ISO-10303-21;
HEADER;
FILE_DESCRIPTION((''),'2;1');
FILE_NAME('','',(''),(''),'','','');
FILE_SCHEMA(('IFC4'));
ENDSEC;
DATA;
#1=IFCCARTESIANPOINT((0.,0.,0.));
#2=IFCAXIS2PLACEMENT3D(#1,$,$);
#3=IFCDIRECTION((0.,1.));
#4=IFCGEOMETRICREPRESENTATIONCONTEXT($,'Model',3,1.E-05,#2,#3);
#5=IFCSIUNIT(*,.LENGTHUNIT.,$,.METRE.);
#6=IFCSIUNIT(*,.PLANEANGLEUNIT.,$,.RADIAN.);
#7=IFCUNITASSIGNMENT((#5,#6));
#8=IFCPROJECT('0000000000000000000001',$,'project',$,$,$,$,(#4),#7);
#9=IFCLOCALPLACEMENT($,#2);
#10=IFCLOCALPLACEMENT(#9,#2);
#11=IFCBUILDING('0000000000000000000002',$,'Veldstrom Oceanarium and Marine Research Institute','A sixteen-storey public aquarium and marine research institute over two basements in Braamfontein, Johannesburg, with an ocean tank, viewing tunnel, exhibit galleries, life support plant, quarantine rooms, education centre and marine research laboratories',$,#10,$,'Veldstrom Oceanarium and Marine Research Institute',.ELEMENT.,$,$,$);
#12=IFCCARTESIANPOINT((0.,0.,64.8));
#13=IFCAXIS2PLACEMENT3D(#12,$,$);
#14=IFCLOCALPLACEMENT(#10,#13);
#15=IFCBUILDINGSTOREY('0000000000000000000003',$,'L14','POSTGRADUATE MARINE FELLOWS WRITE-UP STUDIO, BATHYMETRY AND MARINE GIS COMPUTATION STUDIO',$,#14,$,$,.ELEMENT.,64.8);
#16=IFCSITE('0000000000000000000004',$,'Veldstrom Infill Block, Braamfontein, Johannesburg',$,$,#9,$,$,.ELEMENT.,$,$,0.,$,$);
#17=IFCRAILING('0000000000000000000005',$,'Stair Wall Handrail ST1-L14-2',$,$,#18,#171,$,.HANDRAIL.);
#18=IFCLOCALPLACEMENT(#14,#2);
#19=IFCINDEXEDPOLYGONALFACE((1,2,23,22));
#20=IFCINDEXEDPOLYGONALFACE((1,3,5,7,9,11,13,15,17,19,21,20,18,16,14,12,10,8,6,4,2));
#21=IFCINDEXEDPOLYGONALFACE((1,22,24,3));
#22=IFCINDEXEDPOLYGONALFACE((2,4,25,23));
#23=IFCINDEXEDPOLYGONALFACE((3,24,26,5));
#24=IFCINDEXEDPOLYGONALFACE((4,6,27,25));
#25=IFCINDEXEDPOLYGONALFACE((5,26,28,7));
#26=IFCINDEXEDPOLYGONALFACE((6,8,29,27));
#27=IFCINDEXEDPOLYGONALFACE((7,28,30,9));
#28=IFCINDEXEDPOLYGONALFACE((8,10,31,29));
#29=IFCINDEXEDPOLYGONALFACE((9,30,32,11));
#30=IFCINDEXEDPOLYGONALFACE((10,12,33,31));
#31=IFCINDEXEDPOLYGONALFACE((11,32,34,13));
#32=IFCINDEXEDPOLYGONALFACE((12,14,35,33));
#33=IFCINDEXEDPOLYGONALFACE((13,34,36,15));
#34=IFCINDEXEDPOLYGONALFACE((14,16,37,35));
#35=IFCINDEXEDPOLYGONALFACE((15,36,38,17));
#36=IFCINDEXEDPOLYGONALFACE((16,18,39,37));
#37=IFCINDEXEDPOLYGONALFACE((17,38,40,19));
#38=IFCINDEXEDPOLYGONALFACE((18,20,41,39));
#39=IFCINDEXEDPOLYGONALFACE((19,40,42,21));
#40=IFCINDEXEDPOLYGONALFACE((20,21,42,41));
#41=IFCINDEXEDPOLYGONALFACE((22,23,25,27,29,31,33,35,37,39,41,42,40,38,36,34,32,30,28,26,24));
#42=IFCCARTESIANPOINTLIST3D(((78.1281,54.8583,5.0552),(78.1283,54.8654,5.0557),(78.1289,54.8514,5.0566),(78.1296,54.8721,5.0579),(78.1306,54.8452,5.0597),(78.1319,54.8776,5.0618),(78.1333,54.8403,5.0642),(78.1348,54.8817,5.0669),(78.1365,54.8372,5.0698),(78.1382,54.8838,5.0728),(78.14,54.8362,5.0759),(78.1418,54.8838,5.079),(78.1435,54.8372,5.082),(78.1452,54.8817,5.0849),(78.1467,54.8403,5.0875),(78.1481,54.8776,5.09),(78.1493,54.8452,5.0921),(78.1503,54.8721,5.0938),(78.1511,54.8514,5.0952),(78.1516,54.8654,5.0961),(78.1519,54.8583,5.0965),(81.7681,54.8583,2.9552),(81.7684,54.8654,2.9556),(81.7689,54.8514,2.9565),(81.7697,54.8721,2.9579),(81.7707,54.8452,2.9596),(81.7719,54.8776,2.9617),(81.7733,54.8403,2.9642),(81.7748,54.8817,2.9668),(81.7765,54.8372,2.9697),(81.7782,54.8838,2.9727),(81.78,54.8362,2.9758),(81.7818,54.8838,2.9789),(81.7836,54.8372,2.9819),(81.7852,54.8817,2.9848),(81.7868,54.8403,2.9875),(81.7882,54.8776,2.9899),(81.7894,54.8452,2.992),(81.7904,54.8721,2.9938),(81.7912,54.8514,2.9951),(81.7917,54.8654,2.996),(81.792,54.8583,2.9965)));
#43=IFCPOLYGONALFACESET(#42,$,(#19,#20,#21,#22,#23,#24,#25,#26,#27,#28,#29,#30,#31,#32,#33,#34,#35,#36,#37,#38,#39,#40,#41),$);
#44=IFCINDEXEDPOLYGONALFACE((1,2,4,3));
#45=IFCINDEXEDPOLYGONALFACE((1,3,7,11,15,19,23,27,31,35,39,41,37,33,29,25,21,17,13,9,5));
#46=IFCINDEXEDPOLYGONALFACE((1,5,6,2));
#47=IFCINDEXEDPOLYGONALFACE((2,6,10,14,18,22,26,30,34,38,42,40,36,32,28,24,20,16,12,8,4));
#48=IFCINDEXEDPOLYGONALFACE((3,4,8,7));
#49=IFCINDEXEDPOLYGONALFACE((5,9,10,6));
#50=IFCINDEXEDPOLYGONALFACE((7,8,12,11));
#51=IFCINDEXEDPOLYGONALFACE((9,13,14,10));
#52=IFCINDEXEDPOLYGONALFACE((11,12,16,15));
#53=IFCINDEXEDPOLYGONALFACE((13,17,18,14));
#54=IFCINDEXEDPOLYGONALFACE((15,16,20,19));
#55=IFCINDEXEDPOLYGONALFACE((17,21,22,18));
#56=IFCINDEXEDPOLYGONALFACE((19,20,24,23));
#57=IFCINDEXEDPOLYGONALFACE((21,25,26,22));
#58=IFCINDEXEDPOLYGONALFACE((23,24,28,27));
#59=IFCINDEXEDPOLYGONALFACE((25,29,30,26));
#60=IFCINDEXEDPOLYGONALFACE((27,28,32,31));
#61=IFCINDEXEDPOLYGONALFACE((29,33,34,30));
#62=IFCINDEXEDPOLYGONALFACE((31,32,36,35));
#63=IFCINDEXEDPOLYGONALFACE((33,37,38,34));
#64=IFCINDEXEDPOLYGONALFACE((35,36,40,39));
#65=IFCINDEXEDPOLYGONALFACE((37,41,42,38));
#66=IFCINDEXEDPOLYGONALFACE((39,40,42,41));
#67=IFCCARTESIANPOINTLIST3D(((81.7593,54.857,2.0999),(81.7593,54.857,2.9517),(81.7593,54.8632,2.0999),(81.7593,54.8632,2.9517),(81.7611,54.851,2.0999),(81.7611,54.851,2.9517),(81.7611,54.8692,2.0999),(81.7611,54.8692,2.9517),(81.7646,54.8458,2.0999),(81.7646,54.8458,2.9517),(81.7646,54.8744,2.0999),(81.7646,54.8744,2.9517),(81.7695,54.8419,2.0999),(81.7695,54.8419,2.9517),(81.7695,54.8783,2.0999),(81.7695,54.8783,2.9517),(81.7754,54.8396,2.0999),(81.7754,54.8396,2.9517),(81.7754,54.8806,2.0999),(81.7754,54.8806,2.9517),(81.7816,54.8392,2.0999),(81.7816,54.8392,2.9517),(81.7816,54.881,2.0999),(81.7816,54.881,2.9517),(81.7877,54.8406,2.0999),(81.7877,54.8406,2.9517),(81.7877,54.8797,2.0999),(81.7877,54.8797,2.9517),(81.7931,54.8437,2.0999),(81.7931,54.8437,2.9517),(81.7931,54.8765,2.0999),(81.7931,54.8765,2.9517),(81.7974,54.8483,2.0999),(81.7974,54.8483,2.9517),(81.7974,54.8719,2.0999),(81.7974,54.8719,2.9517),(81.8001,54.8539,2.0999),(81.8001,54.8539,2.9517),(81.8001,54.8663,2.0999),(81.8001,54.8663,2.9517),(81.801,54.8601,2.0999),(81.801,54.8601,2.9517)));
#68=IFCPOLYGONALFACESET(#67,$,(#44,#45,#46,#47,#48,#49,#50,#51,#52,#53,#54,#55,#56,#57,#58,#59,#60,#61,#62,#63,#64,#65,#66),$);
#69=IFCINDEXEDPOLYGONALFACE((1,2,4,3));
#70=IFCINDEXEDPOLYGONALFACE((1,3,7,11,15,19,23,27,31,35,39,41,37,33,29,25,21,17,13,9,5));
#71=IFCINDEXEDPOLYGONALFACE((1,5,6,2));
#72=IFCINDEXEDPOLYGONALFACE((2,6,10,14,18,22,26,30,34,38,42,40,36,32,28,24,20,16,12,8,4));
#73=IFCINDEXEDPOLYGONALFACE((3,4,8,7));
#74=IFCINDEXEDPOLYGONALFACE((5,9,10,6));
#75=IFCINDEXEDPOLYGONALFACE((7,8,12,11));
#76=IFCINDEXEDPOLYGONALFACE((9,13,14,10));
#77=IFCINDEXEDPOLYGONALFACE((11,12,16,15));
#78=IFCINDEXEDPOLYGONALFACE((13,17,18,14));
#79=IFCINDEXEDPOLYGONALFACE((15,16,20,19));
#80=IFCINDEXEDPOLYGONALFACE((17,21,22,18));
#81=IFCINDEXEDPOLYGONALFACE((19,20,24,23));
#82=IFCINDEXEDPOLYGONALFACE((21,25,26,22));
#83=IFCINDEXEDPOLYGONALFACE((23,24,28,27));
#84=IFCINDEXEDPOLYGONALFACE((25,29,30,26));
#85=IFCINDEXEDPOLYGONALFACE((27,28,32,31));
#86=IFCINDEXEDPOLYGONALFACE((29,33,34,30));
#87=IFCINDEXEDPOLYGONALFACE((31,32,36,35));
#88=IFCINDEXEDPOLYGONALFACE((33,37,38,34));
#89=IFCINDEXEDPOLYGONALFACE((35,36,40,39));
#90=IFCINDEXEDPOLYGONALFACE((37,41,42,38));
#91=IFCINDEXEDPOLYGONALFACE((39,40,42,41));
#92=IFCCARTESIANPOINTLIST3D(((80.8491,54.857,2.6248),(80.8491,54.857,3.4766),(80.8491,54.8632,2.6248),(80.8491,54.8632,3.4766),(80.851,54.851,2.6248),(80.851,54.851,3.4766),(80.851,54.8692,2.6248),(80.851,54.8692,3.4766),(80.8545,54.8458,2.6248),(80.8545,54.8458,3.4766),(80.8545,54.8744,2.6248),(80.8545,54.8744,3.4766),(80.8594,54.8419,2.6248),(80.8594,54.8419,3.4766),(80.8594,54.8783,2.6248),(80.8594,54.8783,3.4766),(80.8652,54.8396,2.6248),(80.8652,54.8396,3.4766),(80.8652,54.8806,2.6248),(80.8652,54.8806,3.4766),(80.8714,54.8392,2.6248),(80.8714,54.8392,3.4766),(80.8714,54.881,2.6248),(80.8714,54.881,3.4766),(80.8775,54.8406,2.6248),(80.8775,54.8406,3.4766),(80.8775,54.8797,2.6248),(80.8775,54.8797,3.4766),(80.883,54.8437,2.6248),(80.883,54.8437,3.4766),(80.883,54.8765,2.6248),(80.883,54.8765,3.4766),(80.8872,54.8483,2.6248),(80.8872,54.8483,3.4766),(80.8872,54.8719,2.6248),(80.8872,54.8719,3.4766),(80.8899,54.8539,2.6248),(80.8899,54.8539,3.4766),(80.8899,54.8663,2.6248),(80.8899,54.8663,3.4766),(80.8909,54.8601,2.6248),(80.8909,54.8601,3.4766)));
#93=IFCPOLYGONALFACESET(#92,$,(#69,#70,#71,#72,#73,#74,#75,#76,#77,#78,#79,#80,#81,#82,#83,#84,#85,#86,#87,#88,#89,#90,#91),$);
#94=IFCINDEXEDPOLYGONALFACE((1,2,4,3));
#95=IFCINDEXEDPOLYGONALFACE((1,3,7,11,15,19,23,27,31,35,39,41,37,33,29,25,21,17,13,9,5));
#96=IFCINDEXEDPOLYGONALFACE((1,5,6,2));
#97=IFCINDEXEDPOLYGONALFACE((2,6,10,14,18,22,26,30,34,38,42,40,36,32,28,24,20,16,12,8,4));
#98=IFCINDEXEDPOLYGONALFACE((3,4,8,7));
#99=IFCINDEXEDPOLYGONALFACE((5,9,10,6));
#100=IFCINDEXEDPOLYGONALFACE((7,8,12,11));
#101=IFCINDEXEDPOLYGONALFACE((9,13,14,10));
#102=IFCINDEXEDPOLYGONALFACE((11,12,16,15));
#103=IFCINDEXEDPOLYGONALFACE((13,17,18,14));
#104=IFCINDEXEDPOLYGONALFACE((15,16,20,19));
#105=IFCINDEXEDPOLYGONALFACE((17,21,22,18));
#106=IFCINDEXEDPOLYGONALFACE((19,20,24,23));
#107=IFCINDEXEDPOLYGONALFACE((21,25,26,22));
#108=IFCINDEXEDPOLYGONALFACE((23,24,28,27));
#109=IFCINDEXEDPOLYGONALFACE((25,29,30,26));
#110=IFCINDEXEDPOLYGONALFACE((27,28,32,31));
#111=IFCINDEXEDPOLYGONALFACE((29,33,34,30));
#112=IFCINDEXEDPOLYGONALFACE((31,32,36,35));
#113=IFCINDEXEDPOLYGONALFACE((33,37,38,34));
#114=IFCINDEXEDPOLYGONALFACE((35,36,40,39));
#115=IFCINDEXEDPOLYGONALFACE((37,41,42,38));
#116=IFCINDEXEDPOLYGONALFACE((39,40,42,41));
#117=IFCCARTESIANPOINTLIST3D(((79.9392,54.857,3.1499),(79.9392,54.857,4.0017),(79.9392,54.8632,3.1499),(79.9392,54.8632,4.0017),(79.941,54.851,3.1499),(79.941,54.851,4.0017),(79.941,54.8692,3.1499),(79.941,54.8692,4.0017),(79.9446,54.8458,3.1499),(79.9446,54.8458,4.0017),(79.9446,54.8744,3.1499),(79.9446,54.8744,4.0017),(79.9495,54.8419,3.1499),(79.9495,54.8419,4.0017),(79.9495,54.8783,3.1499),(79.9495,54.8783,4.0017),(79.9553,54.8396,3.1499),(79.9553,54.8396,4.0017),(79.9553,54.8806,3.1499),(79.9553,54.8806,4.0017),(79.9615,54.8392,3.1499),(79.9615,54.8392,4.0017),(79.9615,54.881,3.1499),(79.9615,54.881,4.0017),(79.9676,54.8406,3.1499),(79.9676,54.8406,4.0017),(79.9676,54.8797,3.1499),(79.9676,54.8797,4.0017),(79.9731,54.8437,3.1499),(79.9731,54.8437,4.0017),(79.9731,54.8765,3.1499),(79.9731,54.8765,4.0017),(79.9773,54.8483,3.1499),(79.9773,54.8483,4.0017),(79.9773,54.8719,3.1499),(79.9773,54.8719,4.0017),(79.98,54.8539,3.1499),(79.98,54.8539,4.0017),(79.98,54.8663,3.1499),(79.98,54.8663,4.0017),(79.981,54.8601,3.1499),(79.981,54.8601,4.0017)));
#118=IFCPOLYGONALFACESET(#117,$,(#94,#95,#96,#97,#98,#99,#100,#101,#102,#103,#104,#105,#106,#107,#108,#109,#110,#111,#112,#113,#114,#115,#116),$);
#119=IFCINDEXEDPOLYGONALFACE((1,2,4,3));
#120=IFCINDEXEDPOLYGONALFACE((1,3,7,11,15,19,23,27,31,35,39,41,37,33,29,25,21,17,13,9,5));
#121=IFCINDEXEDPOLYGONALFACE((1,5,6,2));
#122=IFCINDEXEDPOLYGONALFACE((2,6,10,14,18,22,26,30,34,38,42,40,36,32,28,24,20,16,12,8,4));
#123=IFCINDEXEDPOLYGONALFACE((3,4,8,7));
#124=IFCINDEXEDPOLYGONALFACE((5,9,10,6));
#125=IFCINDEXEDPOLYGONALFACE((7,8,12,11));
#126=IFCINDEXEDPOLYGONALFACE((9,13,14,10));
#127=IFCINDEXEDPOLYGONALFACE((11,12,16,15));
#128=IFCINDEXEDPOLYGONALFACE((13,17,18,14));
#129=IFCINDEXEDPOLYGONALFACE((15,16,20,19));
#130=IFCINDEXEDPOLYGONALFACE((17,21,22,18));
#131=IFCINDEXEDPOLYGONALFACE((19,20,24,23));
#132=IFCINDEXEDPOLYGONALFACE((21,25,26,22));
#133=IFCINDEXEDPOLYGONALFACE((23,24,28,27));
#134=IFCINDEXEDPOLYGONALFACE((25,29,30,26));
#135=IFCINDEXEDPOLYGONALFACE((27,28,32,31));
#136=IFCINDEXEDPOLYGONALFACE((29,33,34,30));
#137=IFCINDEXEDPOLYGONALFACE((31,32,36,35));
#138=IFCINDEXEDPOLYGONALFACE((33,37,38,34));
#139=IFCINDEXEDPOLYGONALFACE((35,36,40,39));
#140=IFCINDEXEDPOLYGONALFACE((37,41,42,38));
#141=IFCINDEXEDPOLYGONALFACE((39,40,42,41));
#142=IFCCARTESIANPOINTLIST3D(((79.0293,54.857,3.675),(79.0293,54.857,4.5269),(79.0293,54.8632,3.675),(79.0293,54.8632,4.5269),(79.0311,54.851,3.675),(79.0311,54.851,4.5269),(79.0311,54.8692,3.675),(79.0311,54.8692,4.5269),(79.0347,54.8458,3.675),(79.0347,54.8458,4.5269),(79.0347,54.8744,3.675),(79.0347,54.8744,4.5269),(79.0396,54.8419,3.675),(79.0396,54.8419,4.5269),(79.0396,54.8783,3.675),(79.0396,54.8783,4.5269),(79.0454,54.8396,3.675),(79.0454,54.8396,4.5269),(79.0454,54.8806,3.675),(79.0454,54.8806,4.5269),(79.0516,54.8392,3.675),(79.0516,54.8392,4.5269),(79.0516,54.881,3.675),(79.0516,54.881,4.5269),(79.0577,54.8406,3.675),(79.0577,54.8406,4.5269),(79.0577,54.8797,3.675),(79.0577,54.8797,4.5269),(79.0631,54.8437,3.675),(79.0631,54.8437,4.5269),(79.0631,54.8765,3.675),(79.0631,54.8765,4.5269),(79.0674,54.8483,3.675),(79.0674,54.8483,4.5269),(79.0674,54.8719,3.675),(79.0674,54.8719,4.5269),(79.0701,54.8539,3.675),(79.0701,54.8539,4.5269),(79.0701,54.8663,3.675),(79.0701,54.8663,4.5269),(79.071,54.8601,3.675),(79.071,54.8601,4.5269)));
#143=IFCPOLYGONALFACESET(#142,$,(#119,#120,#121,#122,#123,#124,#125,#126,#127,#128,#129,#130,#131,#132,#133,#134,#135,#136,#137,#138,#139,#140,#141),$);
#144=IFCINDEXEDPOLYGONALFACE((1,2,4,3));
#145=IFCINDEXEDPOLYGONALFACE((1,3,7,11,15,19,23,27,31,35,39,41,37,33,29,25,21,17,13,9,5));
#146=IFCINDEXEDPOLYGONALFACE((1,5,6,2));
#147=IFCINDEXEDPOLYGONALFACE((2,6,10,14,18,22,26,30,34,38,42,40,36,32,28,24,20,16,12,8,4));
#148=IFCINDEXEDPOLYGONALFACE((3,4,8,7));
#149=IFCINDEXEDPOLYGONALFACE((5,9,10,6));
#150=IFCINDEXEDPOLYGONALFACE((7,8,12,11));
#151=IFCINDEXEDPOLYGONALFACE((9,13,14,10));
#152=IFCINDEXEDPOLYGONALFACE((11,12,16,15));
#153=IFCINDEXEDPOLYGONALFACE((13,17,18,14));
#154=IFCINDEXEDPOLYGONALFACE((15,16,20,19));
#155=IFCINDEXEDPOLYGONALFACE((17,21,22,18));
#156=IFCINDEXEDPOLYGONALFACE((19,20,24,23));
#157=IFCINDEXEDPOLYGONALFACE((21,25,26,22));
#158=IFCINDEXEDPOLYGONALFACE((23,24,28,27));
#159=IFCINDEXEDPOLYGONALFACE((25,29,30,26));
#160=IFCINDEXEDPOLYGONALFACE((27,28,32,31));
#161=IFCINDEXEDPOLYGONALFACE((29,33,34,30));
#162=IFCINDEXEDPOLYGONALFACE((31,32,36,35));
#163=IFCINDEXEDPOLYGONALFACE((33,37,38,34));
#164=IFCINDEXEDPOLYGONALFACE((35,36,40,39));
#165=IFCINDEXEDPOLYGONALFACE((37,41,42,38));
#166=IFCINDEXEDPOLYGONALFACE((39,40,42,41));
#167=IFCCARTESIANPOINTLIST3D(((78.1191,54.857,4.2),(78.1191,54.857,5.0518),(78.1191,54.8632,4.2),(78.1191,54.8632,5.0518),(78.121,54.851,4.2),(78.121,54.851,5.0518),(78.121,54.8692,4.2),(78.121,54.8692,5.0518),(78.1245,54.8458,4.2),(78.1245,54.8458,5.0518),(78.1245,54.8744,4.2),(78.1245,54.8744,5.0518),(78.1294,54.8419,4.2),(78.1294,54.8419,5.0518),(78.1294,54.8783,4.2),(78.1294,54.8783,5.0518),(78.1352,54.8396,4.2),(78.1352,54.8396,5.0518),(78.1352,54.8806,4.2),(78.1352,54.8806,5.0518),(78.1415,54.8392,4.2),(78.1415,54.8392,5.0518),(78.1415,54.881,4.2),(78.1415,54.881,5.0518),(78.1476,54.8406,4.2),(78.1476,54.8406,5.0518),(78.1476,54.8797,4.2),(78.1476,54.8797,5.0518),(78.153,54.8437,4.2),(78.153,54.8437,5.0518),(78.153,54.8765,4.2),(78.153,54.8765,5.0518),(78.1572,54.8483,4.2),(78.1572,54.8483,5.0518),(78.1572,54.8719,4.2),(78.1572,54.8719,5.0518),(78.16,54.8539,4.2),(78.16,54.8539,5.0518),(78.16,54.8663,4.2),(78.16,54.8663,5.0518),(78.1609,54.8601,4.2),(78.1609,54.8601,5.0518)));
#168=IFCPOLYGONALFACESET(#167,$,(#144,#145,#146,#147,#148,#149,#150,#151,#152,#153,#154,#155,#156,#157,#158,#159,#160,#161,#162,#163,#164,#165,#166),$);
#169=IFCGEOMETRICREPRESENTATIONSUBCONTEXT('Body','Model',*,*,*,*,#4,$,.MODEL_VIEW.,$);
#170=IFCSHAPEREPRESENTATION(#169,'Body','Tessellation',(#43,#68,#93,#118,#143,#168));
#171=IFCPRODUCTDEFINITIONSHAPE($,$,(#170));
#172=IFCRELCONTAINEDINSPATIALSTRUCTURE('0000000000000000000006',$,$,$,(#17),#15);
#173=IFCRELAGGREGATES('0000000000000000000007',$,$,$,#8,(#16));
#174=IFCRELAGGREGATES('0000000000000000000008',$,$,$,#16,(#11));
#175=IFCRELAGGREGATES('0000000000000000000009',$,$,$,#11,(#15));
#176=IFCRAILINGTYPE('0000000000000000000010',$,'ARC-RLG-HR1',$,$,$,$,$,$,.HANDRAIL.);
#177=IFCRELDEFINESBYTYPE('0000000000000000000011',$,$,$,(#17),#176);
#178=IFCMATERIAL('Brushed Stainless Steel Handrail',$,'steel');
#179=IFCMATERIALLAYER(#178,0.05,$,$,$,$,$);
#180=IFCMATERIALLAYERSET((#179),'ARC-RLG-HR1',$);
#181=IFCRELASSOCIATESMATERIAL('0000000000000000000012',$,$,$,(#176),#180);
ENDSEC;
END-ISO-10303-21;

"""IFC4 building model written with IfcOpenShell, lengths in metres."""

from ifc_helpers import new_model, si_unit, direction, frame, origin, origin_2d, place, context, subcontext, project, spatial, circle, extrude, material, layer, layer_set, type_object, element, save


model = new_model("IFC4")

# Units and contexts
model_context = context("Model", 3, precision=1e-05, world=origin(), true_north=direction((0.0, 1.0)))
body_context = subcontext(model_context, "Body", "Model", "MODEL_VIEW")
ifc_project = project(units=[si_unit("LENGTHUNIT", "METRE"), si_unit("PLANEANGLEUNIT", "RADIAN")], contexts=[model_context])

# Site, building, storey
site_placement = place(None, origin())
site = spatial("IfcSite", under=ifc_project, at=site_placement, Name="Veldstrom Infill Block, Braamfontein, Johannesburg", CompositionType="ELEMENT", RefElevation=0.0)
building_placement = place(site_placement, origin())
building = spatial("IfcBuilding", under=site, at=building_placement, Name="Veldstrom Oceanarium and Marine Research Institute", Description="A sixteen-storey public aquarium and marine research institute over two basements in Braamfontein, Johannesburg, with an ocean tank, viewing tunnel, exhibit galleries, life support plant, quarantine rooms, education centre and marine research laboratories", LongName="Veldstrom Oceanarium and Marine Research Institute", CompositionType="ELEMENT")
storey_placement = place(building_placement, frame((0.0, 0.0, 64.8)))
storey = spatial("IfcBuildingStorey", under=building, at=storey_placement, Name="L14", Description="POSTGRADUATE MARINE FELLOWS WRITE-UP STUDIO, BATHYMETRY AND MARINE GIS COMPUTATION STUDIO", CompositionType="ELEMENT", Elevation=64.8)

# Railing
ifc_material_1 = material(Name="Brushed Stainless Steel Handrail", Category="steel")
ifc_layer_1 = layer(ifc_material_1, 0.05)
ifc_layer_set_1 = layer_set([ifc_layer_1], Name="ARC-RLG-HR1")
railing_type_1 = type_object("IfcRailingType", Name="ARC-RLG-HR1", PredefinedType="HANDRAIL", material=ifc_layer_set_1)
railing_1_placement = place(storey_placement, frame((81.78, 54.8601, 2.0999)))
element("IfcRailing", 1, at=railing_1_placement, inside=storey, type_object=railing_type_1, Name="Stair Wall Handrail ST1-L14-2", PredefinedType="HANDRAIL", context=body_context, shape_type="SweptSolid", body=[
    extrude(circle(Radius=0.0239, at=origin_2d()), frame((0.0, 0.0, 0.876), z_axis=(-0.866184, 0.0, 0.499726), x_axis=(0.0, -1.0, 0.0)), (0.0, 0.0, 1.0), 4.2024),
    extrude(circle(Radius=0.021, at=origin_2d()), origin(), (0.0, 0.0, 1.0), 0.8518),
    extrude(circle(Radius=0.021, at=origin_2d()), frame((-0.9102, 0.0, 0.5249)), (0.0, 0.0, 1.0), 0.8518),
    extrude(circle(Radius=0.021, at=origin_2d()), frame((-1.8201, 0.0, 1.05)), (0.0, 0.0, 1.0), 0.8518),
    extrude(circle(Radius=0.021, at=origin_2d()), frame((-2.73, 0.0, 1.5752)), (0.0, 0.0, 1.0), 0.8518),
    extrude(circle(Radius=0.021, at=origin_2d()), frame((-3.6401, 0.0, 2.1001)), (0.0, 0.0, 1.0), 0.8518),
])

save(model, "model.ifc")
